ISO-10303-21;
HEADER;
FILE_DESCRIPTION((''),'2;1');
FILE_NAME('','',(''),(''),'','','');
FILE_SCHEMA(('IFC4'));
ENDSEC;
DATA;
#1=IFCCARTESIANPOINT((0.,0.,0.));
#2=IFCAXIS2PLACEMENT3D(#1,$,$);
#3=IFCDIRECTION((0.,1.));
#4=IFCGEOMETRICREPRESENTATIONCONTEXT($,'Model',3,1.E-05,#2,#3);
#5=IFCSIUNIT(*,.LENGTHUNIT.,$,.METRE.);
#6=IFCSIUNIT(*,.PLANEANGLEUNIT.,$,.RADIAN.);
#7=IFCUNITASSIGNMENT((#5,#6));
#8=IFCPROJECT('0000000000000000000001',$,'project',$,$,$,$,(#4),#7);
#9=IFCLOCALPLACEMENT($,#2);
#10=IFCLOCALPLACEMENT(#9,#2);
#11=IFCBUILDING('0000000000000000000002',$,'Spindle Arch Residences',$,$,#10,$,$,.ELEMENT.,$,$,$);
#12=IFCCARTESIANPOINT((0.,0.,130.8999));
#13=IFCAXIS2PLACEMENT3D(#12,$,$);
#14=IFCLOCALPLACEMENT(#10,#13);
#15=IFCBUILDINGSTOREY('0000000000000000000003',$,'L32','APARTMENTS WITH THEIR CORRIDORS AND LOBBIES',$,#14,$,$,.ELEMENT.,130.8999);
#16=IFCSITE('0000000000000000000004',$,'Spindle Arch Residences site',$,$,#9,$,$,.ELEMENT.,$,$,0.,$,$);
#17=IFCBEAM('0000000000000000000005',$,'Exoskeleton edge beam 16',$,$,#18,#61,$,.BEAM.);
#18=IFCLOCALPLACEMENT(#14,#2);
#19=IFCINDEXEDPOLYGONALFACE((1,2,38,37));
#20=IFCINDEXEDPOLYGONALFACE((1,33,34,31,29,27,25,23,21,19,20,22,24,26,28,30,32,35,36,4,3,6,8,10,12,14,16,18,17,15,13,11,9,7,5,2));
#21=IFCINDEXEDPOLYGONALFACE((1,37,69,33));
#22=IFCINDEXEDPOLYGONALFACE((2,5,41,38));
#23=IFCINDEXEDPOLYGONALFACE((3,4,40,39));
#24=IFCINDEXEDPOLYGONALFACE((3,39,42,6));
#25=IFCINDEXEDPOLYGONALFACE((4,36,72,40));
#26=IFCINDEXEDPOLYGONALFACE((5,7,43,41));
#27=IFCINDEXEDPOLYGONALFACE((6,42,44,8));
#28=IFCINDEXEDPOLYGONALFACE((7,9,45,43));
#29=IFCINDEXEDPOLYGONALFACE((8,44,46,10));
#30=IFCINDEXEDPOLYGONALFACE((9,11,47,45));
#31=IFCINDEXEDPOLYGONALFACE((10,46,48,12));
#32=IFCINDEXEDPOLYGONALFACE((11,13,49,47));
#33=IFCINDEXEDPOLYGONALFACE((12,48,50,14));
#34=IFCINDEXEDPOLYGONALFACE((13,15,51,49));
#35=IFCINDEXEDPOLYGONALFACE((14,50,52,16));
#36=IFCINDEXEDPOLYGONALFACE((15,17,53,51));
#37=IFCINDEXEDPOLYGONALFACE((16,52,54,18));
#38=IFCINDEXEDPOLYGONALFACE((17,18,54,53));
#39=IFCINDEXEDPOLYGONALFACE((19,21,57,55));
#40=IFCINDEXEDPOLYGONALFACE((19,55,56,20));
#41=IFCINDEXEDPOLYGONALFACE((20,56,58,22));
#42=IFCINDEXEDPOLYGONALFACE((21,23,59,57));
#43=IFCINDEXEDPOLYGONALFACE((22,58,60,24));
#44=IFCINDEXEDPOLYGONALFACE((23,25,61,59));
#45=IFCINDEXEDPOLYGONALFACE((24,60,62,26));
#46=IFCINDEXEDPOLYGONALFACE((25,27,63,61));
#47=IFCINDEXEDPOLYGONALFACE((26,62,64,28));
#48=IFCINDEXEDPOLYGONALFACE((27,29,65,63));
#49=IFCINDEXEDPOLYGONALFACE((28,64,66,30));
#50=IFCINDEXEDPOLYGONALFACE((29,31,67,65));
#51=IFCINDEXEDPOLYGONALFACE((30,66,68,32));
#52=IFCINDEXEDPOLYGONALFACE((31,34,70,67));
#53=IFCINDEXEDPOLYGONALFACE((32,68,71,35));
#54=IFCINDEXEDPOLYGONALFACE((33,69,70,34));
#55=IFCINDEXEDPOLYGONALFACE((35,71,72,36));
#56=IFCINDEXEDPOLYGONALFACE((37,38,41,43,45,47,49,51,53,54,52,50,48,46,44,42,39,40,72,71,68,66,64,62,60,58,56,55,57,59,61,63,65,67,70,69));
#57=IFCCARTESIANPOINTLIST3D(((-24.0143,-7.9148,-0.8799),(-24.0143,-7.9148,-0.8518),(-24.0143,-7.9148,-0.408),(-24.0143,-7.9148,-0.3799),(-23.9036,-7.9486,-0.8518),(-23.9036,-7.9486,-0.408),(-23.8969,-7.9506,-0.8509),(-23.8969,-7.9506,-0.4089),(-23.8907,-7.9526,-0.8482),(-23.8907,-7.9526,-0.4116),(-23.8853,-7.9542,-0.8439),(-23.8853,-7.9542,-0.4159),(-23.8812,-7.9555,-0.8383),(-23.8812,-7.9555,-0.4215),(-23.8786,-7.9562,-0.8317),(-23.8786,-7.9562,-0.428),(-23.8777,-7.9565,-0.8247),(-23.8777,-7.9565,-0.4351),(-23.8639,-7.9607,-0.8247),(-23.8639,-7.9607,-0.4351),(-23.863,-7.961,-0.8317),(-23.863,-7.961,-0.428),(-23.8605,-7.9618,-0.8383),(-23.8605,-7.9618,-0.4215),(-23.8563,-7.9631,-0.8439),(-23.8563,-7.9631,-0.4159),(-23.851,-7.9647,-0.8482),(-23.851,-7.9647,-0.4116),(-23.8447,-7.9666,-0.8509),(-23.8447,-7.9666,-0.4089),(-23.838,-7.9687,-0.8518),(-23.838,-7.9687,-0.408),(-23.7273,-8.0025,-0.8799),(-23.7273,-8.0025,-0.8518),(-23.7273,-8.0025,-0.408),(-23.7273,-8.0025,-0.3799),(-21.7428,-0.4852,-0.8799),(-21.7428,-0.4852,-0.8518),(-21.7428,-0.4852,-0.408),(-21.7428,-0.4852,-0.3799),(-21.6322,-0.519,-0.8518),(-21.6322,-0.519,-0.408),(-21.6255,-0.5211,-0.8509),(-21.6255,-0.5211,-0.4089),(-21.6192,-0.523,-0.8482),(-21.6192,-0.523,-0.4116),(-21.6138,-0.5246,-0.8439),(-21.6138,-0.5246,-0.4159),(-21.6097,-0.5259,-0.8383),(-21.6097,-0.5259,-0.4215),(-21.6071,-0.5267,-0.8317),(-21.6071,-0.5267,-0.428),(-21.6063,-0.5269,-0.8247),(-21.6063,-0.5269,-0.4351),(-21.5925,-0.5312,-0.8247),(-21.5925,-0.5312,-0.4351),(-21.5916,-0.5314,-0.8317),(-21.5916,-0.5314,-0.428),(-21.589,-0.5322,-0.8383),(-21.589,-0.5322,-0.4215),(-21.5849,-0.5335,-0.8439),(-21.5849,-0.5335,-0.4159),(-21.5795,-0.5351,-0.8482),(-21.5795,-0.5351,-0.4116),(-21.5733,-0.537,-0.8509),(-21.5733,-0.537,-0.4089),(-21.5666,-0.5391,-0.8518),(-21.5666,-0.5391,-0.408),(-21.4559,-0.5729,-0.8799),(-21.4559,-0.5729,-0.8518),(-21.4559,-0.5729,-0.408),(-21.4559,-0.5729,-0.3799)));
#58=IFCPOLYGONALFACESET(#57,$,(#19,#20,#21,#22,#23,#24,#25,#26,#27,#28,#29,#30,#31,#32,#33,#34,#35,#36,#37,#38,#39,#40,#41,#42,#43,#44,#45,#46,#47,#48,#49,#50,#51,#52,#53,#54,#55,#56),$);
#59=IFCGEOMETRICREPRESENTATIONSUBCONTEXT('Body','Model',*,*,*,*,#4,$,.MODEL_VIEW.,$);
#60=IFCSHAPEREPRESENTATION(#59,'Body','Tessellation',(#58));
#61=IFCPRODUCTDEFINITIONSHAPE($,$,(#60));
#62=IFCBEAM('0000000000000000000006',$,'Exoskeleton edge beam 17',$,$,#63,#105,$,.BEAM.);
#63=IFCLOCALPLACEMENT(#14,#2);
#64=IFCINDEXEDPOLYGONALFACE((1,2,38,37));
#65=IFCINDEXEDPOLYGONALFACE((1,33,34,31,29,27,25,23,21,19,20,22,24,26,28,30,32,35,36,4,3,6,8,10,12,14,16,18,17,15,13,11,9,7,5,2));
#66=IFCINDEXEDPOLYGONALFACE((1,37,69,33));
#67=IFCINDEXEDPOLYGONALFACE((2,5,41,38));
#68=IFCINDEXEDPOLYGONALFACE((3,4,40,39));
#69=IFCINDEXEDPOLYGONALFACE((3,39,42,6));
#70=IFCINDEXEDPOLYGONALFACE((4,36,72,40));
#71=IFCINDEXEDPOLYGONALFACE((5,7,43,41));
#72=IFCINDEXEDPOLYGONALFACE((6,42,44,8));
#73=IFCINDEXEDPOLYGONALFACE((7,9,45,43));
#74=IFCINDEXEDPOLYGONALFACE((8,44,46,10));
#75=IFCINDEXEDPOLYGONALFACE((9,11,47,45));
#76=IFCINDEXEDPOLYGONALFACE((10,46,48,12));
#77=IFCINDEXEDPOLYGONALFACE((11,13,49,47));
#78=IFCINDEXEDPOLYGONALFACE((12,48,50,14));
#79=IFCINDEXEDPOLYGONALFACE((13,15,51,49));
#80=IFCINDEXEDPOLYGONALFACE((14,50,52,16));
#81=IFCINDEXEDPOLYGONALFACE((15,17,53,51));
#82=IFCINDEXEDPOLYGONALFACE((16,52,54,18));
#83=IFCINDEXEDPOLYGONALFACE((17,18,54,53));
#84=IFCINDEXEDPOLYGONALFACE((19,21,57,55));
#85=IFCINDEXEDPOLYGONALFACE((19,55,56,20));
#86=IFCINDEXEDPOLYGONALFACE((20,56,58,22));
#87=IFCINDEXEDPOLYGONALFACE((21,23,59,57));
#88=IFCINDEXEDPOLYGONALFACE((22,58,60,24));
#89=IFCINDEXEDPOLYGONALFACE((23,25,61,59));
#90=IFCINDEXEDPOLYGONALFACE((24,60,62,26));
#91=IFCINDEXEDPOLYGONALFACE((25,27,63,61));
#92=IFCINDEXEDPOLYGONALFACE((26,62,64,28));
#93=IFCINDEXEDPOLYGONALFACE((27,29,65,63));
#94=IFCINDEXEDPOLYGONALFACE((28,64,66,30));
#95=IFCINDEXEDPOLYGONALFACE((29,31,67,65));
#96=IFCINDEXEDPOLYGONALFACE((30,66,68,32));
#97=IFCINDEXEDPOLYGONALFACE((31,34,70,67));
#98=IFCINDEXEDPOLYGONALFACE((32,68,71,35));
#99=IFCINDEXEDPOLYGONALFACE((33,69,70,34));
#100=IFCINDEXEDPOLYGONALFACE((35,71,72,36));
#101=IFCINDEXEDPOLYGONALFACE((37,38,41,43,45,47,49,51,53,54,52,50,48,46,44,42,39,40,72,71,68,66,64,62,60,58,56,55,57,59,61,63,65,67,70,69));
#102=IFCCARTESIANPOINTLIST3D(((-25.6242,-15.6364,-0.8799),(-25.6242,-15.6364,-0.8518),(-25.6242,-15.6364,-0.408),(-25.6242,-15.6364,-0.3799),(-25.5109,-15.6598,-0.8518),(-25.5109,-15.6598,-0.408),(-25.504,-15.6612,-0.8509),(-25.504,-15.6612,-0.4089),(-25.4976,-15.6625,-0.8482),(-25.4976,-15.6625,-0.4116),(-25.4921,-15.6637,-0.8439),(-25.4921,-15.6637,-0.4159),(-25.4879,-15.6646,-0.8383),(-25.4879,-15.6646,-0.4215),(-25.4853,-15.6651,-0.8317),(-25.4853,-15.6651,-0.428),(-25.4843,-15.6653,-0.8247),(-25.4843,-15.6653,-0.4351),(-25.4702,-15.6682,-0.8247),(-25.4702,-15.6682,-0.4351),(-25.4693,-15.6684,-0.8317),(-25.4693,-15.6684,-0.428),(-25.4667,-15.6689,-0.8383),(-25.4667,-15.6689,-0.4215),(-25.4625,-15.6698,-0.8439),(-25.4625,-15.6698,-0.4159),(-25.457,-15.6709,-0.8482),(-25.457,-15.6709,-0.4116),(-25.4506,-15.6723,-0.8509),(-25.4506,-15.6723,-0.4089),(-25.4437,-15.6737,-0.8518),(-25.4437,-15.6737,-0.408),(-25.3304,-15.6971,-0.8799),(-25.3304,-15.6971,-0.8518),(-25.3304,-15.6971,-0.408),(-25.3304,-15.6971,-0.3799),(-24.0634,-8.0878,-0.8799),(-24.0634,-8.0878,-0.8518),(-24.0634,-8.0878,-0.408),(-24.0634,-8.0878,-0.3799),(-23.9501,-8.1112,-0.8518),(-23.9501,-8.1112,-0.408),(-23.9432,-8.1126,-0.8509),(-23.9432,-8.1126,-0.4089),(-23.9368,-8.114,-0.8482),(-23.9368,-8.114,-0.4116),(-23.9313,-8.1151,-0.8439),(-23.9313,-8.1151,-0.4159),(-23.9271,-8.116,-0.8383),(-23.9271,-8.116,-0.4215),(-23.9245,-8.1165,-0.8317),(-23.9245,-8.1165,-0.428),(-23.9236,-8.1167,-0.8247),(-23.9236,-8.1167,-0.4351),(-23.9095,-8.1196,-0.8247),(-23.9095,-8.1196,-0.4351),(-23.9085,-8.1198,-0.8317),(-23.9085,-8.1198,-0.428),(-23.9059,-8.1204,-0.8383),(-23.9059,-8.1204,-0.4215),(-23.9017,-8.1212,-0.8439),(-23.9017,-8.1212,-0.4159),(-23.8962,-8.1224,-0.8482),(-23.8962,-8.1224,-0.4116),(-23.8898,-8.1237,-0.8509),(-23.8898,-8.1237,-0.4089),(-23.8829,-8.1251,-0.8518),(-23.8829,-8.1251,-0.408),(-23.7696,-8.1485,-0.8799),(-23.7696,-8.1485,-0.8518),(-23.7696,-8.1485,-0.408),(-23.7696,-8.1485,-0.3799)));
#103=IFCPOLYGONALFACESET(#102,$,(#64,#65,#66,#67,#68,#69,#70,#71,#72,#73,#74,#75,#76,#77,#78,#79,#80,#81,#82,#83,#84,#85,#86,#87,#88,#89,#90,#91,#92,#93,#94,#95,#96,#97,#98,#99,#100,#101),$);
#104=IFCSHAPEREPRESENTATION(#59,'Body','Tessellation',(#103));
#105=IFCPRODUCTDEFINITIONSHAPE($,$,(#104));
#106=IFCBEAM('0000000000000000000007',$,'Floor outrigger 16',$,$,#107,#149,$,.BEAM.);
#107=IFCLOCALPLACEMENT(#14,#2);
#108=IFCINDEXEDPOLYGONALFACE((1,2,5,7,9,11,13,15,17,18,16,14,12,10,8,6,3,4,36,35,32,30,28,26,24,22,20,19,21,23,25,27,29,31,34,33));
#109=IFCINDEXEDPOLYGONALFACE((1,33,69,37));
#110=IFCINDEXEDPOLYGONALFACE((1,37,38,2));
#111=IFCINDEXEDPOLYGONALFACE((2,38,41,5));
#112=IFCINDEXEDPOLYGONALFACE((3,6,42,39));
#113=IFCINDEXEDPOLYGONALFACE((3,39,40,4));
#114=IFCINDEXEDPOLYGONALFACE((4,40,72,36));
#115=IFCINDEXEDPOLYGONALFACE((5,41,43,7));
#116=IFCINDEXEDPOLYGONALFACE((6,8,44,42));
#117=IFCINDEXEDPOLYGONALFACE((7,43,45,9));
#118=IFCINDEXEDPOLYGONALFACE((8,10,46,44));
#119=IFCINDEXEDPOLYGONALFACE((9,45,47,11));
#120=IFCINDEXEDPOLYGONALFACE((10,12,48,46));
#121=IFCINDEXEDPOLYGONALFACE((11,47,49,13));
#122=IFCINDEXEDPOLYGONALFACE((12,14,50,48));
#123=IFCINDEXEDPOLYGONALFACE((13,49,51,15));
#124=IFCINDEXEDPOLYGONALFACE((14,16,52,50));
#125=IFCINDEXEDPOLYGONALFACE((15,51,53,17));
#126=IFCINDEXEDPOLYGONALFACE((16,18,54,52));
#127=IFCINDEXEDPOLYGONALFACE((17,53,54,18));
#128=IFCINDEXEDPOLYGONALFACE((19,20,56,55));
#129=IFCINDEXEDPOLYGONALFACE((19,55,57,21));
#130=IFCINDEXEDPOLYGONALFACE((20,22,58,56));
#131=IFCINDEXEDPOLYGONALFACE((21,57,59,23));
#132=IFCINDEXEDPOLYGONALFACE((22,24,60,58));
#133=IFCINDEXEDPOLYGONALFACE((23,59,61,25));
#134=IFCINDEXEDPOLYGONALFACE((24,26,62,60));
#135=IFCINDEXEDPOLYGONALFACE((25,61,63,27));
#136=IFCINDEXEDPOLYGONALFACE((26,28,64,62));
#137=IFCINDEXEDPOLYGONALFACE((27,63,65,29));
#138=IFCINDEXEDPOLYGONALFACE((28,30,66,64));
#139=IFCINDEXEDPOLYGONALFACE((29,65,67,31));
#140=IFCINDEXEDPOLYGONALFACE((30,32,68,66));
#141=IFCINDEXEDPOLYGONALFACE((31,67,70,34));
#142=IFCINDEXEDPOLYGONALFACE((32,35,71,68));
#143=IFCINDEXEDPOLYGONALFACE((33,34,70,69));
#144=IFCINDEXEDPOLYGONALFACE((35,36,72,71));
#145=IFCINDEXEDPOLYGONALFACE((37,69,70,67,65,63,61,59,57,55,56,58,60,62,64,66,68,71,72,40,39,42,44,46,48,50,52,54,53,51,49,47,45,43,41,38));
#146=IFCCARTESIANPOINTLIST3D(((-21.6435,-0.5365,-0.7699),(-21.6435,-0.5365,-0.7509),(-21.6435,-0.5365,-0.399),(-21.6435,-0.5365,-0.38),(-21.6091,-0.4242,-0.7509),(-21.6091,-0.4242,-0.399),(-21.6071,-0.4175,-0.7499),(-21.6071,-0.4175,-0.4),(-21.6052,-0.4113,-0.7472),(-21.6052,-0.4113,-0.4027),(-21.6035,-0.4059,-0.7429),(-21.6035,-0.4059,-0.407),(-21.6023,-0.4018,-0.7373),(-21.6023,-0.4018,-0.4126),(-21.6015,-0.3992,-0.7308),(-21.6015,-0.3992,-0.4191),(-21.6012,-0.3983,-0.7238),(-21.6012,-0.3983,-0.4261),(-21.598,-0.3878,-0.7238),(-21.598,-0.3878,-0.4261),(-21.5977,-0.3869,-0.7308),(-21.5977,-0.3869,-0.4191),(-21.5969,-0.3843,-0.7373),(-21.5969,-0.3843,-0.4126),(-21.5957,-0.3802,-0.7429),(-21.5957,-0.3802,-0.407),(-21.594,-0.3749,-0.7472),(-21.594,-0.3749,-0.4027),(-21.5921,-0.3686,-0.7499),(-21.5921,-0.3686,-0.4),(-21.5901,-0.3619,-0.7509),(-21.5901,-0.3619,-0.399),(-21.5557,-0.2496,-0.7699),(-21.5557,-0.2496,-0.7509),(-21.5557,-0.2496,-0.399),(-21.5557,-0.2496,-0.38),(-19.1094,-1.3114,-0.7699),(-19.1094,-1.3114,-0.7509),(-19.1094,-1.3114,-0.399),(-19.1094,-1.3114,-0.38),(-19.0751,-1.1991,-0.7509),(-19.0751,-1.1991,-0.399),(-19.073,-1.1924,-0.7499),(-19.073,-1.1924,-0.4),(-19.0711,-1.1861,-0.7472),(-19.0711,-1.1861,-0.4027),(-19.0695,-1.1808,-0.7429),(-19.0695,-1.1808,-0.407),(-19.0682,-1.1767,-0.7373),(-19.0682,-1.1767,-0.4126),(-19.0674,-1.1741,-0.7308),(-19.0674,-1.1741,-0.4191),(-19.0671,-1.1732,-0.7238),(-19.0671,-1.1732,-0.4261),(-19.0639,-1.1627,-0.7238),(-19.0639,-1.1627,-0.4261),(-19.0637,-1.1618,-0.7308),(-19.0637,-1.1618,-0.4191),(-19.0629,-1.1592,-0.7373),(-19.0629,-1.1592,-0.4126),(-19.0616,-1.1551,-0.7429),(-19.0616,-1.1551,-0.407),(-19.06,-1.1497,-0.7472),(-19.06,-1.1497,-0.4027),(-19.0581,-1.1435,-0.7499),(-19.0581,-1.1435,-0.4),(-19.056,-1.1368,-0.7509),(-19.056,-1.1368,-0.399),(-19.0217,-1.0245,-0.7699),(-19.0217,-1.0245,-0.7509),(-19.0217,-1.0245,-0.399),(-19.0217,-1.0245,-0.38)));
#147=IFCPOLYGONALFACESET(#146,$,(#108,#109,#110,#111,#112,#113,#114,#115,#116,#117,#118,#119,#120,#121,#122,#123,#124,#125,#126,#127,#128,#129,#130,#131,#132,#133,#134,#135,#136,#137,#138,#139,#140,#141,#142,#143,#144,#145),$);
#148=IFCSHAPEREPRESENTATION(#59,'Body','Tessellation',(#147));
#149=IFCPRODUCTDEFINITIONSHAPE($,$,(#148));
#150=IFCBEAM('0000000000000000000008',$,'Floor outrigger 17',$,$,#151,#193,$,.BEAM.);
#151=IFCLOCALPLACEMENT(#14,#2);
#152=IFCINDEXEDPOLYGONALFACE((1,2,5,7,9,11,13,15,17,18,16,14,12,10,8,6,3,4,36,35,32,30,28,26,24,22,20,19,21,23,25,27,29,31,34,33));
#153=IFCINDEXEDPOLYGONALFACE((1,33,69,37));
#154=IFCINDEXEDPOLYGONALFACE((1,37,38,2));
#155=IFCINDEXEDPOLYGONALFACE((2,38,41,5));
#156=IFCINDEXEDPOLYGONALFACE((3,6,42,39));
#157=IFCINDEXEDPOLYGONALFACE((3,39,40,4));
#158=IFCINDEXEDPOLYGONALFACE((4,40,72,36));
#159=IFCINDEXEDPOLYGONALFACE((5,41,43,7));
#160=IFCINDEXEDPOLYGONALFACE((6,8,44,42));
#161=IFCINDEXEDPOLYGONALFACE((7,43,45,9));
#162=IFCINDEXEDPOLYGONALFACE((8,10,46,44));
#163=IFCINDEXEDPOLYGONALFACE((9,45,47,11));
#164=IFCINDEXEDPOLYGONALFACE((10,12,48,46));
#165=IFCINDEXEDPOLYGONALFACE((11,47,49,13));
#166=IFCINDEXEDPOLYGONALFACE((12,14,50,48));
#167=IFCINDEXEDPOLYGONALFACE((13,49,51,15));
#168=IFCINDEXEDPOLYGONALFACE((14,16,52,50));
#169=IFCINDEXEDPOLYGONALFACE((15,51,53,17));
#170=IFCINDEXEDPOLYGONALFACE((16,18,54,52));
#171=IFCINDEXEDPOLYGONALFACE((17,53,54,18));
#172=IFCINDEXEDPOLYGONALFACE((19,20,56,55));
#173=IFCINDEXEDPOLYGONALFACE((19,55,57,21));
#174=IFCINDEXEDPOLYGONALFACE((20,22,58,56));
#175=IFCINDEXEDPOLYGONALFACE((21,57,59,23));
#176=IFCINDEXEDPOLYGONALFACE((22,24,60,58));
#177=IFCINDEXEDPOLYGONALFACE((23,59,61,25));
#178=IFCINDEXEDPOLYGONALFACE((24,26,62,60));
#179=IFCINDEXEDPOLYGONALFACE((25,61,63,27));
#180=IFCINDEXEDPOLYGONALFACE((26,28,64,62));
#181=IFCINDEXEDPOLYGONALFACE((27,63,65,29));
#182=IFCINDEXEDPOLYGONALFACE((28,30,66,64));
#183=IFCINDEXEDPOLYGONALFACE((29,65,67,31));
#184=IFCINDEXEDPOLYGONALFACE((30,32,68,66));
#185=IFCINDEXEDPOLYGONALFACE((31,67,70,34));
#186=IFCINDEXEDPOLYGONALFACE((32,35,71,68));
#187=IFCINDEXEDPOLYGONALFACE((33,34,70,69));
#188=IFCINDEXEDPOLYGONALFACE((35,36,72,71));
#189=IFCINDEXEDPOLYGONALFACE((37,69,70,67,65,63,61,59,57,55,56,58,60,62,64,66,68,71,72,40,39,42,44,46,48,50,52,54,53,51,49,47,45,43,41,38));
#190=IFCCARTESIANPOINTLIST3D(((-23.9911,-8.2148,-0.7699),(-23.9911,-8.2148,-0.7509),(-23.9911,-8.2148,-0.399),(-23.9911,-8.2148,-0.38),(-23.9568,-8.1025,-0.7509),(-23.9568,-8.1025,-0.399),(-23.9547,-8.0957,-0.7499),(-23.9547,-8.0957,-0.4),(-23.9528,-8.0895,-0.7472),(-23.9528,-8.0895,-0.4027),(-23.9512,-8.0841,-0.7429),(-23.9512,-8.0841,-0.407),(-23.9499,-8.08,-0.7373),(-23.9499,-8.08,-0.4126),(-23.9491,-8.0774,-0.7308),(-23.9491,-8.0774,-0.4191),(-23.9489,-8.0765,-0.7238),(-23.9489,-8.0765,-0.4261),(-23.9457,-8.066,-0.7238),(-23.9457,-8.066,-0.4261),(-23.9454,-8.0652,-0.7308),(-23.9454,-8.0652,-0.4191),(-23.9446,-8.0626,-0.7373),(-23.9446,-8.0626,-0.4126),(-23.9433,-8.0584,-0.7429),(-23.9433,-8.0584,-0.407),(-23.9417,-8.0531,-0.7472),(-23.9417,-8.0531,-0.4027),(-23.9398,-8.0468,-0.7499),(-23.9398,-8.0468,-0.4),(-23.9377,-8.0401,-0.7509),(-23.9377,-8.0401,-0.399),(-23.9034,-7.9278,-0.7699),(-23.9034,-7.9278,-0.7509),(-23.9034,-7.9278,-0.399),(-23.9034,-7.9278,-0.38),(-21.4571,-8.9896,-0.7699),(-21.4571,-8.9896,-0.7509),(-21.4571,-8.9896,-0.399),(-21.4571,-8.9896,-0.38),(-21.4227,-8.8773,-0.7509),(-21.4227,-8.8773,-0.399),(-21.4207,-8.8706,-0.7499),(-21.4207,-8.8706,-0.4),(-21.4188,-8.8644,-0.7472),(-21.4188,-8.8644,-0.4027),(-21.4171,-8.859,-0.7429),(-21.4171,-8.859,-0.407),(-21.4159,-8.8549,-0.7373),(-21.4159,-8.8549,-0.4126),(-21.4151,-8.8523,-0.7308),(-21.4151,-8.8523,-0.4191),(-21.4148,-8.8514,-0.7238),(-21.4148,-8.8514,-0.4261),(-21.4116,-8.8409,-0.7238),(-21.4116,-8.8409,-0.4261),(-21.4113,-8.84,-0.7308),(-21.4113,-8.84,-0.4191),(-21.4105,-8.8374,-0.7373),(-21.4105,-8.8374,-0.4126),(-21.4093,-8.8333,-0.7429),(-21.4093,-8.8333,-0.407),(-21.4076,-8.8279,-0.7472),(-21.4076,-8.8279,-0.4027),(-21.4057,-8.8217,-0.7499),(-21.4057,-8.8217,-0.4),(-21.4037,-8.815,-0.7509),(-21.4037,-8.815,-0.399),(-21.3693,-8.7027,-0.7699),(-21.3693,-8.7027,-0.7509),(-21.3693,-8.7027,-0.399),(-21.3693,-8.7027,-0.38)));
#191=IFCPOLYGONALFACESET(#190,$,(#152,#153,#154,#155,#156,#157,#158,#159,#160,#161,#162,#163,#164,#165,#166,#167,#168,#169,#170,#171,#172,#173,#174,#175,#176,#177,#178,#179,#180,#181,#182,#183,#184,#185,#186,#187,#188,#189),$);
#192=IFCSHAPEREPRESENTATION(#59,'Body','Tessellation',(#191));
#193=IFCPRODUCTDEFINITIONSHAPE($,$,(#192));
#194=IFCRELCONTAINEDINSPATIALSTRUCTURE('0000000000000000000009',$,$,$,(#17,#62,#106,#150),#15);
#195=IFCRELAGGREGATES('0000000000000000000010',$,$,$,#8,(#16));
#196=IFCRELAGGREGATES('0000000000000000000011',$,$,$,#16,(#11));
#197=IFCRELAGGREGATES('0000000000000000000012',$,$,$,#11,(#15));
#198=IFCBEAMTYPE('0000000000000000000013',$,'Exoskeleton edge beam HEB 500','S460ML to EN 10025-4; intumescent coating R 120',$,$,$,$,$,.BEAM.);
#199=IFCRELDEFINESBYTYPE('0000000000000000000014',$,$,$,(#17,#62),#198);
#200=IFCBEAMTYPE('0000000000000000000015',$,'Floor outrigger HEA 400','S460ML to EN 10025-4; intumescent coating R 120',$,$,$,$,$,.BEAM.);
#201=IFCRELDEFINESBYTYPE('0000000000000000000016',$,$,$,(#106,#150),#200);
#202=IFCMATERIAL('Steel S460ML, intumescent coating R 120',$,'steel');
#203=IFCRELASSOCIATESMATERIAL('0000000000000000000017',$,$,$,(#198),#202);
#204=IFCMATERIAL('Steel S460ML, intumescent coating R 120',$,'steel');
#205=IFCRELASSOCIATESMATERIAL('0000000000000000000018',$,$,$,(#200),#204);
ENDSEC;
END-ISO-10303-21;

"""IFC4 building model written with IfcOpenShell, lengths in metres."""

from ifc_helpers import new_model, si_unit, direction, frame, origin, origin_2d, place, context, subcontext, project, spatial, i_section, extrude, material, material_profile, profile_set, type_object, element, save


model = new_model("IFC4")

# Units and contexts
model_context = context("Model", 3, precision=1e-05, world=origin(), true_north=direction((0.0, 1.0)))
body_context = subcontext(model_context, "Body", "Model", "MODEL_VIEW")
ifc_project = project(units=[si_unit("LENGTHUNIT", "METRE"), si_unit("PLANEANGLEUNIT", "RADIAN")], contexts=[model_context])

# Site, building, storey
site_placement = place(None, origin())
site = spatial("IfcSite", under=ifc_project, at=site_placement, Name="Spindle Arch Residences site", CompositionType="ELEMENT", RefElevation=0.0)
building_placement = place(site_placement, origin())
building = spatial("IfcBuilding", under=site, at=building_placement, Name="Spindle Arch Residences", CompositionType="ELEMENT")
storey_placement = place(building_placement, frame((0.0, 0.0, 130.8999)))
storey = spatial("IfcBuildingStorey", under=building, at=storey_placement, Name="L32", Description="APARTMENTS WITH THEIR CORRIDORS AND LOBBIES", CompositionType="ELEMENT", Elevation=130.8999)

# Beams
ifc_material_1 = material(Name="Steel S460ML, intumescent coating R 120", Category="steel")
ifc_material_profile_1 = material_profile(ifc_material_1, i_section(OverallWidth=0.3, OverallDepth=0.5, WebThickness=0.0144, FlangeThickness=0.0281, FilletRadius=0.0271, at=origin_2d()), Name="HEB 500")
ifc_profile_set_1 = profile_set([ifc_material_profile_1], Name="Steel S460ML, intumescent coating R 120")
beam_type_1 = type_object("IfcBeamType", Name="Exoskeleton edge beam HEB 500", Description="S460ML to EN 10025-4; intumescent coating R 120", PredefinedType="BEAM", material=ifc_profile_set_1)
beam_1_placement = place(storey_placement, frame((-21.5994, -0.5291, -0.6299), z_axis=(-0.292372, -0.956305, 0.0), x_axis=(0.956305, -0.292372, 0.0)))
element("IfcBeam", 1, at=beam_1_placement, inside=storey, type_object=beam_type_1, Name="Exoskeleton edge beam 16", PredefinedType="BEAM", context=body_context, shape_type="SweptSolid", body=[
    extrude(i_section(OverallWidth=0.3, OverallDepth=0.5, WebThickness=0.0144, FlangeThickness=0.0281, FilletRadius=0.0271, at=origin_2d()), origin(), (0.0, 0.0, 1.0), 7.769),
])
beam_2_placement = place(storey_placement, frame((-23.9165, -8.1182, -0.6299), z_axis=(-0.202483, -0.979286, 0.0), x_axis=(0.979286, -0.202483, 0.0)))
element("IfcBeam", 2, at=beam_2_placement, inside=storey, type_object=beam_type_1, Name="Exoskeleton edge beam 17", PredefinedType="BEAM", context=body_context, shape_type="SweptSolid", body=[
    extrude(i_section(OverallWidth=0.3, OverallDepth=0.5, WebThickness=0.0144, FlangeThickness=0.0281, FilletRadius=0.0271, at=origin_2d()), origin(), (0.0, 0.0, 1.0), 7.7083),
])
ifc_material_2 = material(Name="Steel S460ML, intumescent coating R 120", Category="steel")
ifc_material_profile_2 = material_profile(ifc_material_2, i_section(OverallWidth=0.3, OverallDepth=0.3899, WebThickness=0.011, FlangeThickness=0.019, FilletRadius=0.0271, at=origin_2d()), Name="HEA 400")
ifc_profile_set_2 = profile_set([ifc_material_profile_2], Name="Steel S460ML, intumescent coating R 120")
beam_type_2 = type_object("IfcBeamType", Name="Floor outrigger HEA 400", Description="S460ML to EN 10025-4; intumescent coating R 120", PredefinedType="BEAM", material=ifc_profile_set_2)
for number, where, z_axis, x_axis, name in (
    (3, (-21.5996, -0.3931, -0.575), (0.956291, -0.292415, 0.0), (0.292415, 0.956291, 0.0), "Floor outrigger 16"),
    (4, (-23.9473, -8.0713, -0.575), (0.956291, -0.292415, 0.0), (0.292415, 0.956291, 0.0), "Floor outrigger 17"),
):
    element("IfcBeam", number, at=place(storey_placement, frame(where, z_axis=z_axis, x_axis=x_axis)), inside=storey, type_object=beam_type_2, Name=name, PredefinedType="BEAM", context=body_context, shape_type="SweptSolid", body=[
        extrude(i_section(OverallWidth=0.3, OverallDepth=0.3899, WebThickness=0.011, FlangeThickness=0.019, FilletRadius=0.0271, at=origin_2d()), origin(), (0.0, 0.0, 1.0), 2.6499),
    ])

save(model, "model.ifc")
